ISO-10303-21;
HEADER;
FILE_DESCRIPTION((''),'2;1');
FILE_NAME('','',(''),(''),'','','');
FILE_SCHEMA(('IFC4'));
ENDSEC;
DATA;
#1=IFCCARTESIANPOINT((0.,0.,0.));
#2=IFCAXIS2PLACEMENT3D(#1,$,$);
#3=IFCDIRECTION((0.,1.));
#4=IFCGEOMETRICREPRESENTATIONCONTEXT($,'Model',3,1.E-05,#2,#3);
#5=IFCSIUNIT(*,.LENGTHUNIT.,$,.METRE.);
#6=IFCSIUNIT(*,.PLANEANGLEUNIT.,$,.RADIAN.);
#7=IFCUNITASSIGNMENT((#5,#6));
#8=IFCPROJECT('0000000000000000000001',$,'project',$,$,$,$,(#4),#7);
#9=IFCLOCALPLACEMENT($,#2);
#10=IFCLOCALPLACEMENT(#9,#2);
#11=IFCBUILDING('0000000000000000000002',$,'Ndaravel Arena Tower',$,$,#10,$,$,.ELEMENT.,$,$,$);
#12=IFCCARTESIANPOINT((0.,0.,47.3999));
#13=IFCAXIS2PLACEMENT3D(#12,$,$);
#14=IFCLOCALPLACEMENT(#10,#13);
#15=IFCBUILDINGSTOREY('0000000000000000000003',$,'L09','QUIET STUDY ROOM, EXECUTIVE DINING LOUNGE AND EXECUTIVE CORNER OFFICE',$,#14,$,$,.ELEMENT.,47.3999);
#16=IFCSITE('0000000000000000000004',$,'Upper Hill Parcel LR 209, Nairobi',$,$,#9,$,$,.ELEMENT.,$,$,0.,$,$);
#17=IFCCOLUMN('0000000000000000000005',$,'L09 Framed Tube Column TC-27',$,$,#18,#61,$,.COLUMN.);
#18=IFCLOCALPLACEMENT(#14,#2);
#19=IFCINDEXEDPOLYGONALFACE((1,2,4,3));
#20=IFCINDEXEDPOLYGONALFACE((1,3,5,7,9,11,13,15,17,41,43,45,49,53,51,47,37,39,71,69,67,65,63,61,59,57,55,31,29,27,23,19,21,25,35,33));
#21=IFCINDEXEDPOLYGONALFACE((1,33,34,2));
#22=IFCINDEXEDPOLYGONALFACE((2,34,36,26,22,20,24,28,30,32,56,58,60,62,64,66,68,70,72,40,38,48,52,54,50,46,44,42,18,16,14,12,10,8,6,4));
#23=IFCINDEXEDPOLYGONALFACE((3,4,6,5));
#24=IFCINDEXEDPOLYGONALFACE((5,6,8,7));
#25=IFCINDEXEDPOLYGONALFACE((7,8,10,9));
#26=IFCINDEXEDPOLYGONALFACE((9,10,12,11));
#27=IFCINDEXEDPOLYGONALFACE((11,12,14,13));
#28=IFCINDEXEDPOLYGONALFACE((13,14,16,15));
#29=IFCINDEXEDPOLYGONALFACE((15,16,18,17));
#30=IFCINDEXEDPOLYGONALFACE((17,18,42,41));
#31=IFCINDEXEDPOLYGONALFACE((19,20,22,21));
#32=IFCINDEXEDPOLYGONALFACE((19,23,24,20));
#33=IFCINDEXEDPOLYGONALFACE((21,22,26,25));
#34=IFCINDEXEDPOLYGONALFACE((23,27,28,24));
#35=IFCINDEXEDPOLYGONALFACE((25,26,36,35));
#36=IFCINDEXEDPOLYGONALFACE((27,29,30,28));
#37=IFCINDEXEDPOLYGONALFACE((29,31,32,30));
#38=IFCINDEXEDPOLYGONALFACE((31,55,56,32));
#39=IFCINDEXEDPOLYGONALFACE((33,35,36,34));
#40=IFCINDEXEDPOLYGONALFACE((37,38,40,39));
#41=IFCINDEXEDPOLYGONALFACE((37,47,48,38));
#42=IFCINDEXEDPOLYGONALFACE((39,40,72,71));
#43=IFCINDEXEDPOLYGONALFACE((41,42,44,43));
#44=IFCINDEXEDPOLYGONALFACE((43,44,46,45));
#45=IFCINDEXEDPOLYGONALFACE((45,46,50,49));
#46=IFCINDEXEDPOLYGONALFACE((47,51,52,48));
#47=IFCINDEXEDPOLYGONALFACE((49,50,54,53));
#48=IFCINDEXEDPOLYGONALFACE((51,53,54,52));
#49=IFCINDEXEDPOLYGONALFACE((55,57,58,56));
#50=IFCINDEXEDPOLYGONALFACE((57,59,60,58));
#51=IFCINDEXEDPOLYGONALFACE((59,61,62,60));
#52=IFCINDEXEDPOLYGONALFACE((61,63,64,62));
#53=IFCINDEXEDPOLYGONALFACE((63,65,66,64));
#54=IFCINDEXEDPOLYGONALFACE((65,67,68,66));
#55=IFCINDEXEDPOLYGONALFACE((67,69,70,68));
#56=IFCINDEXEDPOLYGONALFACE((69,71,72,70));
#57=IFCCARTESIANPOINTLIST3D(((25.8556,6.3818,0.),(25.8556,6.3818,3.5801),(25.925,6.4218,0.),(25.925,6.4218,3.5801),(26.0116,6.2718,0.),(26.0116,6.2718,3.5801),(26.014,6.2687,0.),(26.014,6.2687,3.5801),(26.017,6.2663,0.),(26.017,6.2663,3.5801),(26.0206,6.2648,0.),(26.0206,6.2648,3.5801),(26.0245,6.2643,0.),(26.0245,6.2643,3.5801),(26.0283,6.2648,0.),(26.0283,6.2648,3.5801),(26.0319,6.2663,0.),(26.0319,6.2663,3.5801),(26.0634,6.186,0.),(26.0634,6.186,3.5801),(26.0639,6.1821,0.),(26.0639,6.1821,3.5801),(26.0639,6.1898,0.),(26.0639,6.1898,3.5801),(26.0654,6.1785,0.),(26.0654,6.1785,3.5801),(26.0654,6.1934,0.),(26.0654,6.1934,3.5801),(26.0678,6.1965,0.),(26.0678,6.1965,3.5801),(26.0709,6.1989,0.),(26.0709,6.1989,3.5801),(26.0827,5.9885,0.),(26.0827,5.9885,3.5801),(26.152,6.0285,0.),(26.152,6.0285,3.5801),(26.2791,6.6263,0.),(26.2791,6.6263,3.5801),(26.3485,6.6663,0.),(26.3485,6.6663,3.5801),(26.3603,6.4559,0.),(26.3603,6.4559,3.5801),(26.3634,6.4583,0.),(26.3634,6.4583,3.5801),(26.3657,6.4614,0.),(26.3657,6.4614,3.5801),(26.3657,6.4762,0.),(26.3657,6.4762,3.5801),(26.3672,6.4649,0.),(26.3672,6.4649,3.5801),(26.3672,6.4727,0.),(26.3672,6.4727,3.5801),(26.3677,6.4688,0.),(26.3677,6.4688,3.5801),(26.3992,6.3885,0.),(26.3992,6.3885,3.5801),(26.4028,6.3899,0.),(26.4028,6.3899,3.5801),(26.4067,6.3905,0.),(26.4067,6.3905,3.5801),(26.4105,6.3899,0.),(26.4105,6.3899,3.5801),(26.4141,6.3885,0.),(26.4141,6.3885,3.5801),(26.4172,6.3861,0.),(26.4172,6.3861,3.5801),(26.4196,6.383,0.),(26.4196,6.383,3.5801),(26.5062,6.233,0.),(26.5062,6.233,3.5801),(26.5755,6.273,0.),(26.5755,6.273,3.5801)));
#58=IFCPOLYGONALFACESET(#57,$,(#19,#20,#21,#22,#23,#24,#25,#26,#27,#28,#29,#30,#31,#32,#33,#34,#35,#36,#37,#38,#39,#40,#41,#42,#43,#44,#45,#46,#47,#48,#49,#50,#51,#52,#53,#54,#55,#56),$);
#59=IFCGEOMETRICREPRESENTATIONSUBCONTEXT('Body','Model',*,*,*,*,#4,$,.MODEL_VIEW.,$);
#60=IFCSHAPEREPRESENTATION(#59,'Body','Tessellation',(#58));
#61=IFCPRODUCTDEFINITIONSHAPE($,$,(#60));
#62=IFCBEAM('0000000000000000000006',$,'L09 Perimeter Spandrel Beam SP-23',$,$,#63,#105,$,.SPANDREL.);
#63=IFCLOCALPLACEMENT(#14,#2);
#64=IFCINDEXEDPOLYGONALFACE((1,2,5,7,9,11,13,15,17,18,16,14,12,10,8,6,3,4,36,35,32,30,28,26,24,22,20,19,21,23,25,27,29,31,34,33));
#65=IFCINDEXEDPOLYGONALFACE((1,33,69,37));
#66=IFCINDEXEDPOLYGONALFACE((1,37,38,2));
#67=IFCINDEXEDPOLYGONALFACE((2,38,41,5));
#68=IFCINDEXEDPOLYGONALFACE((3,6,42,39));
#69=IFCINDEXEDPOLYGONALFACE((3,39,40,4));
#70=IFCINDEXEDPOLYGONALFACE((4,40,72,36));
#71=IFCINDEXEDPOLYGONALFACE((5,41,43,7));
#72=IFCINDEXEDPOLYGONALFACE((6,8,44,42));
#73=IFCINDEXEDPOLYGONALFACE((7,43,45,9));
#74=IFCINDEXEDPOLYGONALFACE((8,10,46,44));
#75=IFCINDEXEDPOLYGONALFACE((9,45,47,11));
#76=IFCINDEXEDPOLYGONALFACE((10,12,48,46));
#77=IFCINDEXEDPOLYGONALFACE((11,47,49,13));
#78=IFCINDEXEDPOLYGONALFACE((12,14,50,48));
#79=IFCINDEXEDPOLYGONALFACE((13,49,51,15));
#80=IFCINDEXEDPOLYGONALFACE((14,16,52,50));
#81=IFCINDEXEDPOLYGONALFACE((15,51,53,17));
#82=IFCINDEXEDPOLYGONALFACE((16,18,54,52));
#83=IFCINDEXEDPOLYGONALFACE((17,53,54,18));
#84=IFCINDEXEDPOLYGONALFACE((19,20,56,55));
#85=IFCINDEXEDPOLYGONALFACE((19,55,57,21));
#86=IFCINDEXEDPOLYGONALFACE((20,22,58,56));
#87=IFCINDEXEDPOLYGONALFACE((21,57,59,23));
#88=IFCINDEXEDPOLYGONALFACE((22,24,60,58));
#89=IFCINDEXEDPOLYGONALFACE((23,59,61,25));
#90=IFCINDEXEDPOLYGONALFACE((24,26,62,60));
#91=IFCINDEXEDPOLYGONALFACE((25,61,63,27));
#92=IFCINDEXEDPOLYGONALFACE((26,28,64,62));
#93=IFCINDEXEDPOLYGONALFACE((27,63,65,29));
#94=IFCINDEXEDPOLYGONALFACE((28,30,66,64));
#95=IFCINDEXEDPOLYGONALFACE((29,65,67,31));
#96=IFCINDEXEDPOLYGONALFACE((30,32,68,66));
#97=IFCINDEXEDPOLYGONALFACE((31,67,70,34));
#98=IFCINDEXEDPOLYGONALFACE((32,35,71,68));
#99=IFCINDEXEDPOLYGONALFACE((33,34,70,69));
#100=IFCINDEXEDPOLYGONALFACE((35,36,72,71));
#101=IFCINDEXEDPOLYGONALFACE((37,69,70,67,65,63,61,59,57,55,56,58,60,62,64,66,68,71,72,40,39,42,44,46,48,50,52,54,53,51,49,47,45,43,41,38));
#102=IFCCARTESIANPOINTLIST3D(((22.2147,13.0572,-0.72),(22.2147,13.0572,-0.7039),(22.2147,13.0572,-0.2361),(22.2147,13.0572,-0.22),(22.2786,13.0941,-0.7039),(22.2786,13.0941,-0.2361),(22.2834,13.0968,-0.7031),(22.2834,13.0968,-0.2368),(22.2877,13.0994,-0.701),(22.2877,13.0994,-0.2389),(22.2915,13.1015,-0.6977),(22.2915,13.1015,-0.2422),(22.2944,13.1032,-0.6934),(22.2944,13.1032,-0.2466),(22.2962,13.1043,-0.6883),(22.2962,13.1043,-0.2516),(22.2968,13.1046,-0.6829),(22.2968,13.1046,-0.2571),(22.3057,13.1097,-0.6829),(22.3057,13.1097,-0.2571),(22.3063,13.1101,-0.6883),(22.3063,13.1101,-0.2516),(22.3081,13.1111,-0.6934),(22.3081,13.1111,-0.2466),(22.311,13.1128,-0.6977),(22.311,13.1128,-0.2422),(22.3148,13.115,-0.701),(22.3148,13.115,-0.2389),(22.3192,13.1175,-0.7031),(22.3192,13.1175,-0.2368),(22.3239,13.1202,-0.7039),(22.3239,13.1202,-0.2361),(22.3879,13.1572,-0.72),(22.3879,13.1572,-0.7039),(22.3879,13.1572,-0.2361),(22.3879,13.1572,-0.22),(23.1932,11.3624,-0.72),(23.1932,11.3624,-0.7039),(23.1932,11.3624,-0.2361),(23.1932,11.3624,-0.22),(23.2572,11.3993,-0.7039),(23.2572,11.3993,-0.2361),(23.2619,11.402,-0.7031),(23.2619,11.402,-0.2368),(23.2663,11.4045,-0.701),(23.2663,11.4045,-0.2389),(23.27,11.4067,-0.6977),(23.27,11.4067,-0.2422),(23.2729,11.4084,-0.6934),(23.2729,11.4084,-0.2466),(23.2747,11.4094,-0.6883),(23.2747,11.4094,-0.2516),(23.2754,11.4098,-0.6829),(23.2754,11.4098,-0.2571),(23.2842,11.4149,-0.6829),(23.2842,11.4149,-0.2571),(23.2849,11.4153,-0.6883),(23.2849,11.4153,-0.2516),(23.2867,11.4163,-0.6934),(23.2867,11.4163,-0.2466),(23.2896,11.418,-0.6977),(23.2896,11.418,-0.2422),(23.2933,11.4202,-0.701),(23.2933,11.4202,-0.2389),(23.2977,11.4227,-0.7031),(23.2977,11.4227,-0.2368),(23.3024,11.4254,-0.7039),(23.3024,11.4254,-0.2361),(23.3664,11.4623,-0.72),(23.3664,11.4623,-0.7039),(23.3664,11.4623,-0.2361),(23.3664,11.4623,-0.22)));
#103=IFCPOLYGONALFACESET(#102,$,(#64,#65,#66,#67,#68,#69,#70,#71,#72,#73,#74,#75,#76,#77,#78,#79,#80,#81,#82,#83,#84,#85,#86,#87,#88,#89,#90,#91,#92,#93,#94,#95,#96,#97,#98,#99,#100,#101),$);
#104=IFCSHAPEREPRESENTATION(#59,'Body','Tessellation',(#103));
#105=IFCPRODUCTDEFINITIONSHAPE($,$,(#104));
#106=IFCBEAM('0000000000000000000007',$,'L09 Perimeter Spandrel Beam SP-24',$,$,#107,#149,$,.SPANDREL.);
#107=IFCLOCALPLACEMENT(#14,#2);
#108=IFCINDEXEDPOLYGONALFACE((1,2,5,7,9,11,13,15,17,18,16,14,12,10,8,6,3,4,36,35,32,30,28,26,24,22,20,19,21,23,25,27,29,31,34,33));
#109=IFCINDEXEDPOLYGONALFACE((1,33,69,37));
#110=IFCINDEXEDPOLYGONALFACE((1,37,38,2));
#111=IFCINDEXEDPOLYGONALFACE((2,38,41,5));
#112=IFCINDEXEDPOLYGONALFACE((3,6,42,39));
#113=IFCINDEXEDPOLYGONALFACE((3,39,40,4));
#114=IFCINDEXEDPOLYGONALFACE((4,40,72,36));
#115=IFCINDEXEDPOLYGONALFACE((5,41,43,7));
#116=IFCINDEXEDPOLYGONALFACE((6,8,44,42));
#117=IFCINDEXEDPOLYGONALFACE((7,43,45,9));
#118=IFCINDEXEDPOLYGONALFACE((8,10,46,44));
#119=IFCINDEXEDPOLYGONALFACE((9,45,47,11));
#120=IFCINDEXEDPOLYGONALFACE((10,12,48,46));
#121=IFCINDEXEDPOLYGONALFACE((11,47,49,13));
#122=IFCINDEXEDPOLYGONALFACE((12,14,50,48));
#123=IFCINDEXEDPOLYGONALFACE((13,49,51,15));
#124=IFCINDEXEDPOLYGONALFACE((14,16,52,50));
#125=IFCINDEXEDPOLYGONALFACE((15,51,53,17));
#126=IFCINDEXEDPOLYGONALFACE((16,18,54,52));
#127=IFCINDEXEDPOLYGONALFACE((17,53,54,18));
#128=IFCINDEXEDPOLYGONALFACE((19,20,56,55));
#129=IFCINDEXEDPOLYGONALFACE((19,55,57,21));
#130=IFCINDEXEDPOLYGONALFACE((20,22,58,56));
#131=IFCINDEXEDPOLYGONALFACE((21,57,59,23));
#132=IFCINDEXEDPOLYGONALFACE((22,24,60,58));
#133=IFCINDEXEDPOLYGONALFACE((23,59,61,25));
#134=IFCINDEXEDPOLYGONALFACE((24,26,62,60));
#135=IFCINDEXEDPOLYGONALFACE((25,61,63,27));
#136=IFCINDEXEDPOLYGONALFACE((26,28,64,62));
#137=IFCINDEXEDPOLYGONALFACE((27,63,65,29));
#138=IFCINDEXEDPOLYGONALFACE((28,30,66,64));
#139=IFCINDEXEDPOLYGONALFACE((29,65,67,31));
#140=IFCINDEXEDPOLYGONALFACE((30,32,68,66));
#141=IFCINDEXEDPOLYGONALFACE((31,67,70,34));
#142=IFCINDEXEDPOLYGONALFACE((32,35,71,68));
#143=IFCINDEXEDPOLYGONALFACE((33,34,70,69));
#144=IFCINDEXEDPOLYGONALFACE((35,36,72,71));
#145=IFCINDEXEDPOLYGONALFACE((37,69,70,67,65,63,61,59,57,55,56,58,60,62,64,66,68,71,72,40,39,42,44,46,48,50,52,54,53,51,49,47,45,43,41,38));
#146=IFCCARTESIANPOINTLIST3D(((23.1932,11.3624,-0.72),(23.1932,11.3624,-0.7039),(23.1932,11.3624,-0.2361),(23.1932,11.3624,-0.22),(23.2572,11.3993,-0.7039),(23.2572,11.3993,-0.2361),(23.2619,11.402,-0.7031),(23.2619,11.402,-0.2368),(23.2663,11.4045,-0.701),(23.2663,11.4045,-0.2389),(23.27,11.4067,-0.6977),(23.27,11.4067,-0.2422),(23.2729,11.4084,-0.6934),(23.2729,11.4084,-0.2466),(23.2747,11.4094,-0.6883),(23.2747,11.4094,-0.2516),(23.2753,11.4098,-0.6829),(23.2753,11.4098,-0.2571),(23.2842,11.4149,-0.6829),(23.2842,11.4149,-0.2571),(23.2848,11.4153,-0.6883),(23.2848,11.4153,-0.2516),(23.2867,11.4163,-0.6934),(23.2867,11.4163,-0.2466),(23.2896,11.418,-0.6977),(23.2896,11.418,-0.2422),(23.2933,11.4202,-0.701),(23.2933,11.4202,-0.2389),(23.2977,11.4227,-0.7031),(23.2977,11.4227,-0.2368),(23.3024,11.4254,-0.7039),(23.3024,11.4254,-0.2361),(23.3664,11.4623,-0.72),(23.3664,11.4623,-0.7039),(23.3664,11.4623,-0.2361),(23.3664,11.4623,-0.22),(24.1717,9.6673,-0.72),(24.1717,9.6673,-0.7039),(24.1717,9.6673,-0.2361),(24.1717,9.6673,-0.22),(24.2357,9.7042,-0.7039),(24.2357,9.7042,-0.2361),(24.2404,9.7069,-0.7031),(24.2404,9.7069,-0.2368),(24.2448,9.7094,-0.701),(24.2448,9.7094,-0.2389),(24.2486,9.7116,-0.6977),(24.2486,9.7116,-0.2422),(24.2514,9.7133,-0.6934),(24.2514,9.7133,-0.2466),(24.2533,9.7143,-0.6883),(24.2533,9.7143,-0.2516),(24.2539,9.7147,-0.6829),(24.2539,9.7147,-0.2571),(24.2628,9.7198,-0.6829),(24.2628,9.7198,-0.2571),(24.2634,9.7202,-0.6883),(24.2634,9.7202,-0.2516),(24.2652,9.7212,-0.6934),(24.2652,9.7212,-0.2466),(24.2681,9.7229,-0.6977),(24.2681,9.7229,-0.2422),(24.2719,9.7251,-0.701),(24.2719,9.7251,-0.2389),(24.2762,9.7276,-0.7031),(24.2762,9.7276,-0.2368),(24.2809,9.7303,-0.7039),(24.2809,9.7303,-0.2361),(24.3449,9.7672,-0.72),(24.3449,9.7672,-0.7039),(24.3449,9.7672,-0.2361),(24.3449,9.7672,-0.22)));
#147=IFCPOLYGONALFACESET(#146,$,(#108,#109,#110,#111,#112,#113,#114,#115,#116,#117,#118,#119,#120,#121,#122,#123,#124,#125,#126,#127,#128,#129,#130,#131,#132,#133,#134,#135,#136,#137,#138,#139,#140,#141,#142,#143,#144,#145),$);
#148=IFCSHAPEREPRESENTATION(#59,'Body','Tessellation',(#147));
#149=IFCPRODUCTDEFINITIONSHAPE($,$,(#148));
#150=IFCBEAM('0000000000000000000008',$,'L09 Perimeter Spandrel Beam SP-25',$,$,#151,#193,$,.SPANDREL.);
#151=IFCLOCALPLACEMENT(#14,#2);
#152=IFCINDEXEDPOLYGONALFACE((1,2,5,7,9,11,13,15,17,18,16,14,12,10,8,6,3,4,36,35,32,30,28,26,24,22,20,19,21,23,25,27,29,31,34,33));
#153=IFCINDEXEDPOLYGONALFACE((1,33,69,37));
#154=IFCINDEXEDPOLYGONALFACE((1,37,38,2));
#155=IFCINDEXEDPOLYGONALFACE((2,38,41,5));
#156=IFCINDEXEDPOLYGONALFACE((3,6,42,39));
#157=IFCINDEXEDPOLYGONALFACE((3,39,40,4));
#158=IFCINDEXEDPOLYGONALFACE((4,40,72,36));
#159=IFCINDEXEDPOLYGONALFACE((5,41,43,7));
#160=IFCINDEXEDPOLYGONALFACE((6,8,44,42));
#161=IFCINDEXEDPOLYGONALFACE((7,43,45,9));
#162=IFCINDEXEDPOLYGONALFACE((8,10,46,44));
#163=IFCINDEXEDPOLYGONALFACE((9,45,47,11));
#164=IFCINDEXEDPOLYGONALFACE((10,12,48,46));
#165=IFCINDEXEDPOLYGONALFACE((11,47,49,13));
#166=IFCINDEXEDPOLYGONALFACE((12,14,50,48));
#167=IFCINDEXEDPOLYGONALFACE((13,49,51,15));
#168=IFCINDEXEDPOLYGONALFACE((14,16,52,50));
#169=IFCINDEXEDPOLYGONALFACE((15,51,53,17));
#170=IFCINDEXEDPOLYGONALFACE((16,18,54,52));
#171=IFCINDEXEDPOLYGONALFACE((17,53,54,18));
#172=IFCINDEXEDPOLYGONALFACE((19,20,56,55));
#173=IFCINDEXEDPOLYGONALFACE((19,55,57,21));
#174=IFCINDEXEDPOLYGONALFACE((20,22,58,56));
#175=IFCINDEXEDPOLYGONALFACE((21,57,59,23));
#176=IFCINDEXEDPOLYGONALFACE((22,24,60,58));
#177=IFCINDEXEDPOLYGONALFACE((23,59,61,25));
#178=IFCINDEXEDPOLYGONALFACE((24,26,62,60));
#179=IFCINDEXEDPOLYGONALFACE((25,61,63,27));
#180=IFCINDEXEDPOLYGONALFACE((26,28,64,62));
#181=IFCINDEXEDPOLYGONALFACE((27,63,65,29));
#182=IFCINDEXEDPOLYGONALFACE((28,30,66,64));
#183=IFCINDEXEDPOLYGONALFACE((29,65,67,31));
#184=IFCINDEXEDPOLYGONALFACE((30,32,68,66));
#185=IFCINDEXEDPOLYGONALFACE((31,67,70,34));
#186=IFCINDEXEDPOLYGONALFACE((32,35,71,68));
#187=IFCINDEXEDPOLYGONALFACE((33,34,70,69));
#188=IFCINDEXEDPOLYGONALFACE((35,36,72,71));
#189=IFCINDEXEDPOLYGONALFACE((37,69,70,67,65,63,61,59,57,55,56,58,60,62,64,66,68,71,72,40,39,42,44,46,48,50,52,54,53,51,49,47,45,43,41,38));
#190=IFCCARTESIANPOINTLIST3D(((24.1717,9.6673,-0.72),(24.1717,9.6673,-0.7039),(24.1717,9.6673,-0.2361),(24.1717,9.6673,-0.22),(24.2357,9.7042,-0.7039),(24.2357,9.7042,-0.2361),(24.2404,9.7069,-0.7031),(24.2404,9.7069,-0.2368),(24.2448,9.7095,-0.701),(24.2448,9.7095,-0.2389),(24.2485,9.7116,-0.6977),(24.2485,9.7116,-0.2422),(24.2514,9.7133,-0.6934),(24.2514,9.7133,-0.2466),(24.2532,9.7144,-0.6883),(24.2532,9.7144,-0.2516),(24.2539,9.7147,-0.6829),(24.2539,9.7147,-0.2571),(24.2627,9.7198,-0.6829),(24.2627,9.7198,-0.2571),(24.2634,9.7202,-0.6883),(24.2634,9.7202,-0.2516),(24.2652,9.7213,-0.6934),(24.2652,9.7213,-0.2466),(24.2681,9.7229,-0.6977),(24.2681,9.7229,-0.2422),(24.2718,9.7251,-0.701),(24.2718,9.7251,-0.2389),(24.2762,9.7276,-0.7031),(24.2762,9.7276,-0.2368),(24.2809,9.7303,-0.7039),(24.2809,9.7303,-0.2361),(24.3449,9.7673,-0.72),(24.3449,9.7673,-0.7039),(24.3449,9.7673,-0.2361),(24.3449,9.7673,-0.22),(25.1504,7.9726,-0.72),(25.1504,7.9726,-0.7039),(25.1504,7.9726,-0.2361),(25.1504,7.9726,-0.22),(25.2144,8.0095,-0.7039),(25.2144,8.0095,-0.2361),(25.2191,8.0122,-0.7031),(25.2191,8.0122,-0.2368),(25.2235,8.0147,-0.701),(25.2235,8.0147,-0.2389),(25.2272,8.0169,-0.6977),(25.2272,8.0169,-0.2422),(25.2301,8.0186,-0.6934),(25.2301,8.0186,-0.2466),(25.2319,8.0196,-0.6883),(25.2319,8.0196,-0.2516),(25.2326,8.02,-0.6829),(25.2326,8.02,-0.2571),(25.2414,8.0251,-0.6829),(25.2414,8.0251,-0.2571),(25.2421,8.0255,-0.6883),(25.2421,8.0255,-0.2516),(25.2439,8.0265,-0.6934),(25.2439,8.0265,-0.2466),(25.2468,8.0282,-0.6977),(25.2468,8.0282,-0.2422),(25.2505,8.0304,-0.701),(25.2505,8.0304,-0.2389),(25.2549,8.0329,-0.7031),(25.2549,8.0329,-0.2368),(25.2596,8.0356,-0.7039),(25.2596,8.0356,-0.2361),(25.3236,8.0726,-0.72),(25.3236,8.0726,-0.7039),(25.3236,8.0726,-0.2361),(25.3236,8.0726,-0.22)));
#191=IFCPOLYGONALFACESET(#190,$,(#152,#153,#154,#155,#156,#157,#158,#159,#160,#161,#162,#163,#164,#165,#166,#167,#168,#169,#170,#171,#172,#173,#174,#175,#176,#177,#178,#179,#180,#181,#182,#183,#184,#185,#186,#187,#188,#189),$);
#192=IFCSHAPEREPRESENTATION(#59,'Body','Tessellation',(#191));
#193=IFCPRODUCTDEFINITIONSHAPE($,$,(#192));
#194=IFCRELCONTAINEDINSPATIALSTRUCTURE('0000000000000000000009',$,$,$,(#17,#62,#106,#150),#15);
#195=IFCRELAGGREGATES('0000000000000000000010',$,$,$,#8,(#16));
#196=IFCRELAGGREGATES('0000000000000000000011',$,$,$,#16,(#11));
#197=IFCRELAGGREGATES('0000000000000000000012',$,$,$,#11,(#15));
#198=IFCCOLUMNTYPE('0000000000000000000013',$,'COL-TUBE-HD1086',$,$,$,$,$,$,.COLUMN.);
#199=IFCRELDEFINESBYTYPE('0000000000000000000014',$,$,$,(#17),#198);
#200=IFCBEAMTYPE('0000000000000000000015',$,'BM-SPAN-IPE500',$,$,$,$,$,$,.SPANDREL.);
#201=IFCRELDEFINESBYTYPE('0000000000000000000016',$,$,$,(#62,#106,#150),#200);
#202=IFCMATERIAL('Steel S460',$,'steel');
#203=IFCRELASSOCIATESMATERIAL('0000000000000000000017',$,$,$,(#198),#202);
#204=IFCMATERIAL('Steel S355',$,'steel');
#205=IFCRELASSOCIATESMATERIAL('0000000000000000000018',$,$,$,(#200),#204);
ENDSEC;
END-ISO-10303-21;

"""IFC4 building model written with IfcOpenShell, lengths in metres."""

from ifc_helpers import new_model, si_unit, direction, frame, origin, origin_2d, place, context, subcontext, project, spatial, i_section, extrude, material, material_profile, profile_set, type_object, element, save


model = new_model("IFC4")

# Units and contexts
model_context = context("Model", 3, precision=1e-05, world=origin(), true_north=direction((0.0, 1.0)))
body_context = subcontext(model_context, "Body", "Model", "MODEL_VIEW")
ifc_project = project(units=[si_unit("LENGTHUNIT", "METRE"), si_unit("PLANEANGLEUNIT", "RADIAN")], contexts=[model_context])

# Site, building, storey
site_placement = place(None, origin())
site = spatial("IfcSite", under=ifc_project, at=site_placement, Name="Upper Hill Parcel LR 209, Nairobi", CompositionType="ELEMENT", RefElevation=0.0)
building_placement = place(site_placement, origin())
building = spatial("IfcBuilding", under=site, at=building_placement, Name="Ndaravel Arena Tower", CompositionType="ELEMENT")
storey_placement = place(building_placement, frame((0.0, 0.0, 47.3999)))
storey = spatial("IfcBuildingStorey", under=building, at=storey_placement, Name="L09", Description="QUIET STUDY ROOM, EXECUTIVE DINING LOUNGE AND EXECUTIVE CORNER OFFICE", CompositionType="ELEMENT", Elevation=47.3999)

# Column
ifc_material_1 = material(Name="Steel S460", Category="steel")
ifc_material_profile_1 = material_profile(ifc_material_1, i_section(OverallWidth=0.4541, OverallDepth=0.5691, WebThickness=0.0779, FlangeThickness=0.0801, FilletRadius=0.0149, at=origin_2d()), Name="HD 400x1086")
ifc_profile_set_1 = profile_set([ifc_material_profile_1], Name="Steel S460")
column_type = type_object("IfcColumnType", Name="COL-TUBE-HD1086", PredefinedType="COLUMN", material=ifc_profile_set_1)
for number, where, z_axis, x_axis, name in (
    (1, (26.2156, 6.3274, 0.0), (0.0, 0.0, 1.0), (-0.5, 0.866025, 0.0), "L09 Framed Tube Column TC-27"),
):
    element("IfcColumn", number, at=place(storey_placement, frame(where, z_axis=z_axis, x_axis=x_axis)), inside=storey, type_object=column_type, Name=name, PredefinedType="COLUMN", context=body_context, shape_type="SweptSolid", body=[
        extrude(i_section(OverallWidth=0.4541, OverallDepth=0.5691, WebThickness=0.0779, FlangeThickness=0.0801, FilletRadius=0.0149, at=origin_2d()), origin(), (0.0, 0.0, 1.0), 3.5801),
    ])

# Beams
ifc_material_2 = material(Name="Steel S355", Category="steel")
ifc_material_profile_2 = material_profile(ifc_material_2, i_section(OverallWidth=0.2, OverallDepth=0.5, WebThickness=0.0103, FlangeThickness=0.0161, FilletRadius=0.021, at=origin_2d()), Name="IPE 500")
ifc_profile_set_2 = profile_set([ifc_material_profile_2], Name="Steel S355")
beam_type = type_object("IfcBeamType", Name="BM-SPAN-IPE500", PredefinedType="SPANDREL", material=ifc_profile_set_2)
beam_1_placement = place(storey_placement, frame((22.3013, 13.1072, -0.47), z_axis=(0.500003, -0.866024, 0.0), x_axis=(0.866024, 0.500003, 0.0)))
element("IfcBeam", 2, at=beam_1_placement, inside=storey, type_object=beam_type, Name="L09 Perimeter Spandrel Beam SP-23", PredefinedType="SPANDREL", context=body_context, shape_type="SweptSolid", body=[
    extrude(i_section(OverallWidth=0.2, OverallDepth=0.5, WebThickness=0.0103, FlangeThickness=0.0161, FilletRadius=0.021, at=origin_2d()), origin(), (0.0, 0.0, 1.0), 1.957),
])
beam_2_placement = place(storey_placement, frame((23.2798, 11.4124, -0.47), z_axis=(0.499949, -0.866055, 0.0), x_axis=(0.866055, 0.499949, 0.0)))
element("IfcBeam", 3, at=beam_2_placement, inside=storey, type_object=beam_type, Name="L09 Perimeter Spandrel Beam SP-24", PredefinedType="SPANDREL", context=body_context, shape_type="SweptSolid", body=[
    extrude(i_section(OverallWidth=0.2, OverallDepth=0.5, WebThickness=0.0103, FlangeThickness=0.0161, FilletRadius=0.021, at=origin_2d()), origin(), (0.0, 0.0, 1.0), 1.9573),
])
beam_3_placement = place(storey_placement, frame((24.2583, 9.7173, -0.47), z_axis=(0.500097, -0.86597, 0.0), x_axis=(0.86597, 0.500097, 0.0)))
element("IfcBeam", 4, at=beam_3_placement, inside=storey, type_object=beam_type, Name="L09 Perimeter Spandrel Beam SP-25", PredefinedType="SPANDREL", context=body_context, shape_type="SweptSolid", body=[
    extrude(i_section(OverallWidth=0.2, OverallDepth=0.5, WebThickness=0.0103, FlangeThickness=0.0161, FilletRadius=0.021, at=origin_2d()), origin(), (0.0, 0.0, 1.0), 1.957),
])

save(model, "model.ifc")
